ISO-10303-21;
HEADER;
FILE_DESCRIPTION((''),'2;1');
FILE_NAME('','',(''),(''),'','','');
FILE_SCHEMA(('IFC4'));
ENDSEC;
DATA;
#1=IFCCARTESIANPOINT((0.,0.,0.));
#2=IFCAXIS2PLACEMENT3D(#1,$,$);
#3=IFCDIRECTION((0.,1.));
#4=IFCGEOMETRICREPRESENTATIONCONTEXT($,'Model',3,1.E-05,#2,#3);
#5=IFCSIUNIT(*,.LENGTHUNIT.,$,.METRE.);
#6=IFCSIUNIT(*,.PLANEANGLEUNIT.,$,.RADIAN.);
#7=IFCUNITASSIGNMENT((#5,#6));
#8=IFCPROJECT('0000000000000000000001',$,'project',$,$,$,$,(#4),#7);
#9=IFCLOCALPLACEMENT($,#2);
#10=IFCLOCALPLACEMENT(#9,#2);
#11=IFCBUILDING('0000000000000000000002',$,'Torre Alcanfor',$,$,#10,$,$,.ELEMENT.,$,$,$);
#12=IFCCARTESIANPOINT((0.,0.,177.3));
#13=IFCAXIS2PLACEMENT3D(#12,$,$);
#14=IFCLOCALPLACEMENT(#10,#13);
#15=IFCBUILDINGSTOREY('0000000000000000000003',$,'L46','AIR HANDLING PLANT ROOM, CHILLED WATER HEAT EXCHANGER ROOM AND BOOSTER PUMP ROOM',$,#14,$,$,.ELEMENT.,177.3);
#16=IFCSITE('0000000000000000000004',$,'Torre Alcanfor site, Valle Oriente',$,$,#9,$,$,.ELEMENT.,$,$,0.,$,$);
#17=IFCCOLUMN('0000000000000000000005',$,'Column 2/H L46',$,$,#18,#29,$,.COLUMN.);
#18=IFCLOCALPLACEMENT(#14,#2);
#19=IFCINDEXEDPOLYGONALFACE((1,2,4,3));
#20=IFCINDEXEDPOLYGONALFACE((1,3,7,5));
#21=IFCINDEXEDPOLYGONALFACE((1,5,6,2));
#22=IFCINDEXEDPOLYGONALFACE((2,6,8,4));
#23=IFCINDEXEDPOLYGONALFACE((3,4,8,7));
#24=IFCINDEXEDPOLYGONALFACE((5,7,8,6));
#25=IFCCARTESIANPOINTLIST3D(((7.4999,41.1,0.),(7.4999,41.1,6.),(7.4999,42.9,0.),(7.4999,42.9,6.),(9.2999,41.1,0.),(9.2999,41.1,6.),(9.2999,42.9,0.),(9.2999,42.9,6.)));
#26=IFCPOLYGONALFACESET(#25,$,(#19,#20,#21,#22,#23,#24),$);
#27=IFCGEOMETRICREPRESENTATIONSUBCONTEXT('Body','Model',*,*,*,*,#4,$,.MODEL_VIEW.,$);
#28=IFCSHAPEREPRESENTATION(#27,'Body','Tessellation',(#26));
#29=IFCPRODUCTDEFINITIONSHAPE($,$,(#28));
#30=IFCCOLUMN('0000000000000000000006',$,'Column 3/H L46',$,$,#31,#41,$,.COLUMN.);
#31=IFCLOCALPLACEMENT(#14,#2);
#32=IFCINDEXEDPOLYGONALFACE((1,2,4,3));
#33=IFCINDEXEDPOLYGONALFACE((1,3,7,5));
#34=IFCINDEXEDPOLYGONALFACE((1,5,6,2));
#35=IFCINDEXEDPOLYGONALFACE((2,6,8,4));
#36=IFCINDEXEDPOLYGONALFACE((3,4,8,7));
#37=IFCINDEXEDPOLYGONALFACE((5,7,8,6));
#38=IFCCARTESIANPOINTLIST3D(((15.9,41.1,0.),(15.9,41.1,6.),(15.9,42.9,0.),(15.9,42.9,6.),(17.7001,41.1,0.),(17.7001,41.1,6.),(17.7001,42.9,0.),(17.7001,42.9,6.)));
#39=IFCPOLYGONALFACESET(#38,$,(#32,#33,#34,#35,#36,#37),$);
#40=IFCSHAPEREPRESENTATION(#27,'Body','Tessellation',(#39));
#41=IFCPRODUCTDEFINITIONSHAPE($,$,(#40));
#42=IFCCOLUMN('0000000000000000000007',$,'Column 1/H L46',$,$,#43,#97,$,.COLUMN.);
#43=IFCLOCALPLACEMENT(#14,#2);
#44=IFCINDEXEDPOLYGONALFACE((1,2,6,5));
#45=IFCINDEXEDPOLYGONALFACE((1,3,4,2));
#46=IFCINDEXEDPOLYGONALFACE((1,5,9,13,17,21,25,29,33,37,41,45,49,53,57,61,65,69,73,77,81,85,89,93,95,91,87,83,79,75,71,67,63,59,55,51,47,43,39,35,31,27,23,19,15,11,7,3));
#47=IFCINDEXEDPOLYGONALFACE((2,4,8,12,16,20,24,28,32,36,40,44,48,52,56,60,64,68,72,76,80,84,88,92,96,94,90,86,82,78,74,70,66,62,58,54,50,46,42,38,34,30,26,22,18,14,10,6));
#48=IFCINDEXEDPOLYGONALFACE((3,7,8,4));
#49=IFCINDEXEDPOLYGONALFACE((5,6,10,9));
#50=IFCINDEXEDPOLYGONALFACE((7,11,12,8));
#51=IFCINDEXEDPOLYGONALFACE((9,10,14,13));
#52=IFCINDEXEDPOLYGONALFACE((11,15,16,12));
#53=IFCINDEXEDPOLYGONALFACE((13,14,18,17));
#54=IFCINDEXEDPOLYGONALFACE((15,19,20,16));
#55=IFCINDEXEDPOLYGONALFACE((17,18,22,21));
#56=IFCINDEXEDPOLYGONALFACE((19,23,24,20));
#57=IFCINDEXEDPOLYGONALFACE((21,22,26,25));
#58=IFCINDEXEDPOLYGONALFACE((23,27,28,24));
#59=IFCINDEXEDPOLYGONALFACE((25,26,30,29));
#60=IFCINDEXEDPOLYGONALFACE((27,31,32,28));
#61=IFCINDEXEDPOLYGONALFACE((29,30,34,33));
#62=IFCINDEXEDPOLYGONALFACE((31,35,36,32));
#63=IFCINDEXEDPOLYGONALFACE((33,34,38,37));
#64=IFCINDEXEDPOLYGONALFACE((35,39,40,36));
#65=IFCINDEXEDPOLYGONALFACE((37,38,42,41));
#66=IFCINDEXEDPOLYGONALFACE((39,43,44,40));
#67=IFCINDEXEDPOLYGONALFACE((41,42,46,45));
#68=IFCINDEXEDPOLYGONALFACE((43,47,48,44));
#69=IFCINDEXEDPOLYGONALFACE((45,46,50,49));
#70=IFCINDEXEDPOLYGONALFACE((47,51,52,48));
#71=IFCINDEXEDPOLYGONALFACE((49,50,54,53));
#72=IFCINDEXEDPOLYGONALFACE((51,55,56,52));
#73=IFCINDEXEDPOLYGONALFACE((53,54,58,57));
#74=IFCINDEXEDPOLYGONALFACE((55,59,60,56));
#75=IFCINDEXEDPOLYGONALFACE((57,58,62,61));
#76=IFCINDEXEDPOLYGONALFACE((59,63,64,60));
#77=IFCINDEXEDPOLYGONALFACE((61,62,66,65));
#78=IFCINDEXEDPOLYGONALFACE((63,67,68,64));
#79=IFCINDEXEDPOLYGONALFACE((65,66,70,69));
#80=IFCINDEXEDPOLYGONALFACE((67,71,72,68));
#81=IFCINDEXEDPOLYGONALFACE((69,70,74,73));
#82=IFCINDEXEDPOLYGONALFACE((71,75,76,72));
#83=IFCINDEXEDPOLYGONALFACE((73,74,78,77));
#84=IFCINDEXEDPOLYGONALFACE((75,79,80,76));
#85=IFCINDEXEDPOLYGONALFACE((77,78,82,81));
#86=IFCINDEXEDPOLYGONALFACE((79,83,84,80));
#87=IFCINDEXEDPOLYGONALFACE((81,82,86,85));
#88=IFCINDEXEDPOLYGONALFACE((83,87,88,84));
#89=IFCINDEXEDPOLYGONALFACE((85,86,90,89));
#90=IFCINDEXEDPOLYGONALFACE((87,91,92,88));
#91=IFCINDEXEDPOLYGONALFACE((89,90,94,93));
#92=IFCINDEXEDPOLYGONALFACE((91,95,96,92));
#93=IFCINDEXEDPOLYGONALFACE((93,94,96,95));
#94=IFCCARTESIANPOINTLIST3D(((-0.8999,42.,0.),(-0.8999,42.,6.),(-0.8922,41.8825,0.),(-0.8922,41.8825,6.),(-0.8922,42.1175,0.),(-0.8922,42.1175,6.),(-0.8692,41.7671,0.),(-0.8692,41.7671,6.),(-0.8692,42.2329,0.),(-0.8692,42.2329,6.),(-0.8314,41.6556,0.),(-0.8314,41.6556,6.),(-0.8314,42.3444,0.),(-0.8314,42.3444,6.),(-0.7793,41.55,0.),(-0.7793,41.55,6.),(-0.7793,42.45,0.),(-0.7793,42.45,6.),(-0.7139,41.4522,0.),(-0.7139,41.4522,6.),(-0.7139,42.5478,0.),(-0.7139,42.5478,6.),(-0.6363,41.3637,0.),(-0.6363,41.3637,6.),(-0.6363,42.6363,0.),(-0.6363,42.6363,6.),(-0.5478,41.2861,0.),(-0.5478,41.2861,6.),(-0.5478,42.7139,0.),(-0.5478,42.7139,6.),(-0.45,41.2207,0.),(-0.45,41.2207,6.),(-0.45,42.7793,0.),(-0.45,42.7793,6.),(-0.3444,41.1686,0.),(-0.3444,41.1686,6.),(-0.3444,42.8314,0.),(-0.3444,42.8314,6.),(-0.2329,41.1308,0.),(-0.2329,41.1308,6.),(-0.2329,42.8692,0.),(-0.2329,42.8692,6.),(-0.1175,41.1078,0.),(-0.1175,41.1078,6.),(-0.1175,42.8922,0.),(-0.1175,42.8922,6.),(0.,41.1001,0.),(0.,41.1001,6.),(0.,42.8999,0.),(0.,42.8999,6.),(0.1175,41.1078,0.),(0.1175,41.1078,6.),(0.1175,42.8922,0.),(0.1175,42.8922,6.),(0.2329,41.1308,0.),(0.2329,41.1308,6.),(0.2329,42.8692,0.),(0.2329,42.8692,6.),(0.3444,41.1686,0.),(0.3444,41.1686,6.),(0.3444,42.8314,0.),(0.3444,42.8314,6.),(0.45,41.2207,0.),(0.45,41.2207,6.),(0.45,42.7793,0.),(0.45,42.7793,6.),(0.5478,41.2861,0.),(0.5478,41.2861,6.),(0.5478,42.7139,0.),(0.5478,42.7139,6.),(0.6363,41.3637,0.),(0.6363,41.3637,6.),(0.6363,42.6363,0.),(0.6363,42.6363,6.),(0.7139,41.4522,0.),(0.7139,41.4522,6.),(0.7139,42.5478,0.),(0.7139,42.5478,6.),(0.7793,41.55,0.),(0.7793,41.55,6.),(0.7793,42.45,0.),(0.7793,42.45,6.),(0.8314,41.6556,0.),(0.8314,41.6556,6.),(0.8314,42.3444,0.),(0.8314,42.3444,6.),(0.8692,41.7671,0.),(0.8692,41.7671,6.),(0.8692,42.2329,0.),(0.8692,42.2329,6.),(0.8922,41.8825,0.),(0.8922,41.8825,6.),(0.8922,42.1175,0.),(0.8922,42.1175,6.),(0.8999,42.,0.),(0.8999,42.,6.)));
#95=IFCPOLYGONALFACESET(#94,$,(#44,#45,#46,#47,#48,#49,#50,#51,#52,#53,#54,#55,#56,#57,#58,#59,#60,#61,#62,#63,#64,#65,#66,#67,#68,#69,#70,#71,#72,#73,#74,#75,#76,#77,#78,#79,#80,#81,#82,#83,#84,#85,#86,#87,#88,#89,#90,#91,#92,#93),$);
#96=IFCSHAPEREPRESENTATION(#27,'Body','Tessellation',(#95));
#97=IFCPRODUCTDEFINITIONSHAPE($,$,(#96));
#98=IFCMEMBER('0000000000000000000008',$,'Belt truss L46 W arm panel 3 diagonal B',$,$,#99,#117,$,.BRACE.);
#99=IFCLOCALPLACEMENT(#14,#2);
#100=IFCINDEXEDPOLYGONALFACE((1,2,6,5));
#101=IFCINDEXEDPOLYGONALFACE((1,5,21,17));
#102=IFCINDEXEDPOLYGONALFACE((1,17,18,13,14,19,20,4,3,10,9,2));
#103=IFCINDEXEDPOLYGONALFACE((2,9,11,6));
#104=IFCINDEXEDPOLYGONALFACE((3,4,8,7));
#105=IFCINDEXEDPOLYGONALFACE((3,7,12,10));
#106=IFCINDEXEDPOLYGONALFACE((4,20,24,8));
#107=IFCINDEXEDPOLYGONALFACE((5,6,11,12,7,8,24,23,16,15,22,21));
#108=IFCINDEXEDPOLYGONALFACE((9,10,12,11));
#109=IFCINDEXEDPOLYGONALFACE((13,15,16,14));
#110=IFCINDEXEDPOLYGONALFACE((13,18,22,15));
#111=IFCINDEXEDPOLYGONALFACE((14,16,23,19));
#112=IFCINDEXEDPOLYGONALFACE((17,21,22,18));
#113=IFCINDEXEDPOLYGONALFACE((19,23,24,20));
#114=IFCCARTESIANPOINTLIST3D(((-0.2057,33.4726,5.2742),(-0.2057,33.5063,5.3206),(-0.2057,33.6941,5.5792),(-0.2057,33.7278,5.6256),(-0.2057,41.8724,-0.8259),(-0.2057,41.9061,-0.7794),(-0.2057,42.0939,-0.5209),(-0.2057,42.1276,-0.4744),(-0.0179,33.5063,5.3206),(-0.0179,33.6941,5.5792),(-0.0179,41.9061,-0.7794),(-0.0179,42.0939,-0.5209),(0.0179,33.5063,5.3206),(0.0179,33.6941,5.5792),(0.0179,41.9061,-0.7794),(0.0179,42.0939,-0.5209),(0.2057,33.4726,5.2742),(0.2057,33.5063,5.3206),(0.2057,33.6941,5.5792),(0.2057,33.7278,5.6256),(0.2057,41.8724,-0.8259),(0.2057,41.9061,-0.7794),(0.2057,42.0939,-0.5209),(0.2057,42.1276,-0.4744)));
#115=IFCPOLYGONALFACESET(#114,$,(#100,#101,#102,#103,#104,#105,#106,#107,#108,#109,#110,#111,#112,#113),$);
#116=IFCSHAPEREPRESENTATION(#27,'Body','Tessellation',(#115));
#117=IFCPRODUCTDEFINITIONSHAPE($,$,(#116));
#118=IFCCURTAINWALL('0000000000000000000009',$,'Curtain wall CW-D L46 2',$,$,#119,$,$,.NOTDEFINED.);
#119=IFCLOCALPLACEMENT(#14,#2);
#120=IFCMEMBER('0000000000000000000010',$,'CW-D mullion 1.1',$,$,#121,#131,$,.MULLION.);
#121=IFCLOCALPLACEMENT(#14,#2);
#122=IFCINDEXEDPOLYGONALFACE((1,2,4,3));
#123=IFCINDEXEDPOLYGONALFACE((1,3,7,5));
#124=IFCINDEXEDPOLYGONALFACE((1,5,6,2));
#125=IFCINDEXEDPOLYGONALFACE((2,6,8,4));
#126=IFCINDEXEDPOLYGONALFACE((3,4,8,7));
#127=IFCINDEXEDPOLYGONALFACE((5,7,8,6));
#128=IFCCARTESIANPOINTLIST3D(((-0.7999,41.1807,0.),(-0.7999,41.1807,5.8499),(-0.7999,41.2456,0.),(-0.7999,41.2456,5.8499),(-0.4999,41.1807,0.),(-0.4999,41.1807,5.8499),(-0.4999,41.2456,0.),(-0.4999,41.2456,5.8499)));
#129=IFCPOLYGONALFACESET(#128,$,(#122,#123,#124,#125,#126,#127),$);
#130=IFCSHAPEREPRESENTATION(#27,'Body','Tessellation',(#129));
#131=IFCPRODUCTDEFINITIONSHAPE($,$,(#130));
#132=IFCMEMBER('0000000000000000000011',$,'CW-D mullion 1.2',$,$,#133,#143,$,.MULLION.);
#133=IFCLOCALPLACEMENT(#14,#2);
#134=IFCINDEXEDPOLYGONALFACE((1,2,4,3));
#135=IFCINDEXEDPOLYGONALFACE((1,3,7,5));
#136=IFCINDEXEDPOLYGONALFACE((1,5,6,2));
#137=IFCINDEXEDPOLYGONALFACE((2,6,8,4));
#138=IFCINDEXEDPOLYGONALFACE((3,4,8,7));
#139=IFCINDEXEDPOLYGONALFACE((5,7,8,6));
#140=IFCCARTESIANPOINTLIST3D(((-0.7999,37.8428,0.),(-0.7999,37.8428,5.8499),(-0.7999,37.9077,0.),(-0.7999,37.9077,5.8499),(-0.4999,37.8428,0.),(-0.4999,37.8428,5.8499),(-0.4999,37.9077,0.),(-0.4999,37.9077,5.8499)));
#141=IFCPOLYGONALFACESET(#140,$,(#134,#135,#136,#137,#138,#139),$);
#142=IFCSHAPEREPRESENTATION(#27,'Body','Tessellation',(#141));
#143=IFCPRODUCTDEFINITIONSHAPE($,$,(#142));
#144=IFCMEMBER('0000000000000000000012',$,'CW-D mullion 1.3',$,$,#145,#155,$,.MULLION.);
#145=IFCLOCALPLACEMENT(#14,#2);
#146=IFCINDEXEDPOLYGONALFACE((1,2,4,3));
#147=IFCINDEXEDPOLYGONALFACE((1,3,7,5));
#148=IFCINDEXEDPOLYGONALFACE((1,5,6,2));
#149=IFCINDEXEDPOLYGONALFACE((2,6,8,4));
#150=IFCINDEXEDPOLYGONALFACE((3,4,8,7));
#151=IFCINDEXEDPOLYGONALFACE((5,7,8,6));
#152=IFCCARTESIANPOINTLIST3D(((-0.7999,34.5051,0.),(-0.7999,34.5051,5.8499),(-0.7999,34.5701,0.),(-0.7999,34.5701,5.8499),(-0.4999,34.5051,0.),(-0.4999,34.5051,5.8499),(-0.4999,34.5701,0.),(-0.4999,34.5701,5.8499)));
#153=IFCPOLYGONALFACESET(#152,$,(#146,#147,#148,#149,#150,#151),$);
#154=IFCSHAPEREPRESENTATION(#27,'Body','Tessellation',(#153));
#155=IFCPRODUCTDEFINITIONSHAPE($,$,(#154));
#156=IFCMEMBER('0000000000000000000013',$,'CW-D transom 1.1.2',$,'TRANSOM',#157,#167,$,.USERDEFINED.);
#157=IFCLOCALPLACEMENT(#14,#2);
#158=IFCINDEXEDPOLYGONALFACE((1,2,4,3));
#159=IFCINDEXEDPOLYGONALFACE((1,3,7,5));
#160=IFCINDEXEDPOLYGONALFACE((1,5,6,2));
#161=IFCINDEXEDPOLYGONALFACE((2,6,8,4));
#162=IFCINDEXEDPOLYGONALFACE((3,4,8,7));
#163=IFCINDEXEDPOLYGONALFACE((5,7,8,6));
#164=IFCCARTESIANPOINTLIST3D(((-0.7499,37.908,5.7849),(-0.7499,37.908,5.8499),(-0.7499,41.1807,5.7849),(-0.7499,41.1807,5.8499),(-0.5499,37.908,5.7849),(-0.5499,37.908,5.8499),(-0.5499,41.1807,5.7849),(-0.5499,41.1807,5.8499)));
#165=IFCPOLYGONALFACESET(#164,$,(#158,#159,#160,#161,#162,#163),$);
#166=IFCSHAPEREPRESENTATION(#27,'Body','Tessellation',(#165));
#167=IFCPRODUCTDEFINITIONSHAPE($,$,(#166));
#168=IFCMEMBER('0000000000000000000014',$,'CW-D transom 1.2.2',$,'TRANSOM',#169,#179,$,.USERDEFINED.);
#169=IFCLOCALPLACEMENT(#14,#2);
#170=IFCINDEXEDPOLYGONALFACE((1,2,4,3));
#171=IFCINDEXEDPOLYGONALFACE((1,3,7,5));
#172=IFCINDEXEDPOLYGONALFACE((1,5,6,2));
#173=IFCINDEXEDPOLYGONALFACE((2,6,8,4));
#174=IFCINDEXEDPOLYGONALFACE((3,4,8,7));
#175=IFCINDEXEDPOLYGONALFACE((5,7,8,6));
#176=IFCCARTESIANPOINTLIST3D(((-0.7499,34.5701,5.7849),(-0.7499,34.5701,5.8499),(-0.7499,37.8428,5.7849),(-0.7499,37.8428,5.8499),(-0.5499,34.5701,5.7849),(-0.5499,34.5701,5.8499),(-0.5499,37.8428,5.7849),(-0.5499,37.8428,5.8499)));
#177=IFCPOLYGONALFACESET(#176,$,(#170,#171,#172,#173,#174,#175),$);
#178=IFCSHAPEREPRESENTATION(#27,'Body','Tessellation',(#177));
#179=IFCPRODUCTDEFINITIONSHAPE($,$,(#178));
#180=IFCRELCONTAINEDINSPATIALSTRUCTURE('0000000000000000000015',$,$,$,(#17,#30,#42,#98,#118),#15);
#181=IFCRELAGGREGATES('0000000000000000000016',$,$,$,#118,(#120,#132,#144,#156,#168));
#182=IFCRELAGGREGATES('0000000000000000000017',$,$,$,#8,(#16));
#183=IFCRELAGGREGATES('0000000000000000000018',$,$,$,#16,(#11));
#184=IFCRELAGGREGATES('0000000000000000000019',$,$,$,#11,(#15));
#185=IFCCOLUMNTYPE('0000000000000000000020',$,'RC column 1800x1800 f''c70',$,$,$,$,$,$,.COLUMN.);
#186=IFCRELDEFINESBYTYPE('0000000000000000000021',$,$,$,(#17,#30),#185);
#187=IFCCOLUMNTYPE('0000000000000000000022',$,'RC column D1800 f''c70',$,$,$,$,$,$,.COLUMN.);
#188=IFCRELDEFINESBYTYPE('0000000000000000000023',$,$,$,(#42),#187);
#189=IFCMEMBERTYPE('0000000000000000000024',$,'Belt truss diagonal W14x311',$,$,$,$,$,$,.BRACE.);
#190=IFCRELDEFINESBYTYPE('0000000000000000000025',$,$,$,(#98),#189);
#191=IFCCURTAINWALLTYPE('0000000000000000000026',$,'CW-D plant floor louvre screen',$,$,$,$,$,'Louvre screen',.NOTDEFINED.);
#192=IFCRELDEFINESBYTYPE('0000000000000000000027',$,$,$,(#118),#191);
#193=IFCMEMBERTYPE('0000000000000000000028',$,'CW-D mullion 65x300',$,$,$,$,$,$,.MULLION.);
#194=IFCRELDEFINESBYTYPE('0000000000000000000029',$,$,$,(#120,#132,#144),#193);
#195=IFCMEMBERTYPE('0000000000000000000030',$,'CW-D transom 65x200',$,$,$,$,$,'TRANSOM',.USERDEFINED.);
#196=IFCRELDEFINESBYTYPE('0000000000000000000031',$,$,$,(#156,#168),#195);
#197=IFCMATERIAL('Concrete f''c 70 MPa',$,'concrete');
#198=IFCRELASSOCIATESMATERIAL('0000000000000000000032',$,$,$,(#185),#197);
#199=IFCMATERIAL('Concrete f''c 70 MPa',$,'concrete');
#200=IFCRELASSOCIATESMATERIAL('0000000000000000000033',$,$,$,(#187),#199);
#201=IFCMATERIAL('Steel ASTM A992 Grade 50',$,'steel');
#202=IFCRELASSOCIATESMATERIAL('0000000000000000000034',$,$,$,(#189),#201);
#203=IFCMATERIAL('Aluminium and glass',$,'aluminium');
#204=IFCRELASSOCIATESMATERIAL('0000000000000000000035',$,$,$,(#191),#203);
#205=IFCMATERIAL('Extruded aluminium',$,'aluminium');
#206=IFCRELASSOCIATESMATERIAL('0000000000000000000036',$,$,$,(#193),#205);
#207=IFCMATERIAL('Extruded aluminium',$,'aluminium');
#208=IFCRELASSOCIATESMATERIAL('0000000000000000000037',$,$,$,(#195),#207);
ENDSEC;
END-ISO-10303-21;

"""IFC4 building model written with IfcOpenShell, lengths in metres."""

from ifc_helpers import new_model, si_unit, direction, frame, origin, origin_2d, place, context, subcontext, project, spatial, rectangle, circle, i_section, extrude, material, material_profile, profile_set, type_object, element, aggregate, save


model = new_model("IFC4")

# Units and contexts
model_context = context("Model", 3, precision=1e-05, world=origin(), true_north=direction((0.0, 1.0)))
body_context = subcontext(model_context, "Body", "Model", "MODEL_VIEW")
ifc_project = project(units=[si_unit("LENGTHUNIT", "METRE"), si_unit("PLANEANGLEUNIT", "RADIAN")], contexts=[model_context])

# Site, building, storey
site_placement = place(None, origin())
site = spatial("IfcSite", under=ifc_project, at=site_placement, Name="Torre Alcanfor site, Valle Oriente", CompositionType="ELEMENT", RefElevation=0.0)
building_placement = place(site_placement, origin())
building = spatial("IfcBuilding", under=site, at=building_placement, Name="Torre Alcanfor", CompositionType="ELEMENT")
storey_placement = place(building_placement, frame((0.0, 0.0, 177.3)))
storey = spatial("IfcBuildingStorey", under=building, at=storey_placement, Name="L46", Description="AIR HANDLING PLANT ROOM, CHILLED WATER HEAT EXCHANGER ROOM AND BOOSTER PUMP ROOM", CompositionType="ELEMENT", Elevation=177.3)

# Columns
ifc_material_1 = material(Name="Concrete f'c 70 MPa", Category="concrete")
ifc_material_profile_1 = material_profile(ifc_material_1, rectangle(XDim=1.8, YDim=1.8, at=origin_2d()), Name="1800x1800")
ifc_profile_set_1 = profile_set([ifc_material_profile_1], Name="Concrete f'c 70 MPa")
column_type_1 = type_object("IfcColumnType", Name="RC column 1800x1800 f'c70", PredefinedType="COLUMN", material=ifc_profile_set_1)
for number, where, z_axis, x_axis, name in (
    (1, (8.3999, 42.0, 0.0), (0.0, 0.0, 1.0), (1.0, 0.0, 0.0), "Column 2/H L46"),
    (2, (16.8, 42.0, 0.0), (0.0, 0.0, 1.0), (1.0, 0.0, 0.0), "Column 3/H L46"),
):
    element("IfcColumn", number, at=place(storey_placement, frame(where, z_axis=z_axis, x_axis=x_axis)), inside=storey, type_object=column_type_1, Name=name, PredefinedType="COLUMN", context=body_context, shape_type="SweptSolid", body=[
        extrude(rectangle(XDim=1.8, YDim=1.8, at=origin_2d()), origin(), (0.0, 0.0, 1.0), 6.0),
    ])
ifc_material_2 = material(Name="Concrete f'c 70 MPa", Category="concrete")
ifc_material_profile_2 = material_profile(ifc_material_2, circle(Radius=0.8999, at=origin_2d()), Name="D1800")
ifc_profile_set_2 = profile_set([ifc_material_profile_2], Name="Concrete f'c 70 MPa")
column_type_2 = type_object("IfcColumnType", Name="RC column D1800 f'c70", PredefinedType="COLUMN", material=ifc_profile_set_2)
column_placement = place(storey_placement, frame((0.0, 42.0, 0.0), z_axis=(0.0, 0.0, 1.0), x_axis=(1.0, 0.0, 0.0)))
element("IfcColumn", 3, at=column_placement, inside=storey, type_object=column_type_2, Name="Column 1/H L46", PredefinedType="COLUMN", context=body_context, shape_type="SweptSolid", body=[
    extrude(circle(Radius=0.8999, at=origin_2d()), origin(), (0.0, 0.0, 1.0), 6.0),
])

# Member
ifc_material_3 = material(Name="Steel ASTM A992 Grade 50", Category="steel")
ifc_material_profile_3 = material_profile(ifc_material_3, i_section(OverallWidth=0.4114, OverallDepth=0.4343, WebThickness=0.0359, FlangeThickness=0.0574, at=origin_2d()), Name="W14x311")
ifc_profile_set_3 = profile_set([ifc_material_profile_3], Name="Steel ASTM A992 Grade 50")
member_type_1 = type_object("IfcMemberType", Name="Belt truss diagonal W14x311", PredefinedType="BRACE", material=ifc_profile_set_3)
member_1_placement = place(storey_placement, frame((0.0, 42.0, -0.6501), z_axis=(0.0, -0.809145, 0.587609), x_axis=(1.0, 0.0, 0.0)))
element("IfcMember", 4, at=member_1_placement, inside=storey, type_object=member_type_1, Name="Belt truss L46 W arm panel 3 diagonal B", PredefinedType="BRACE", context=body_context, shape_type="SweptSolid", body=[
    extrude(i_section(OverallWidth=0.4114, OverallDepth=0.4343, WebThickness=0.0359, FlangeThickness=0.0574, at=origin_2d()), origin(), (0.0, 0.0, 1.0), 10.3811),
])

# Curtain wall, members
ifc_material_4 = material(Name="Aluminium and glass", Category="aluminium")
curtain_wall_type = type_object("IfcCurtainWallType", Name="CW-D plant floor louvre screen", ElementType="Louvre screen", PredefinedType="NOTDEFINED", material=ifc_material_4)
curtain_wall_placement = place(storey_placement, origin())
curtain_wall = element("IfcCurtainWall", 5, at=curtain_wall_placement, inside=storey, type_object=curtain_wall_type, Name="Curtain wall CW-D L46 2", PredefinedType="NOTDEFINED")
ifc_material_5 = material(Name="Extruded aluminium", Category="aluminium")
ifc_material_profile_4 = material_profile(ifc_material_5, rectangle(XDim=0.3, YDim=0.0649, at=origin_2d()), Name="CW-D mullion 65x300")
ifc_profile_set_4 = profile_set([ifc_material_profile_4], Name="Extruded aluminium")
member_type_2 = type_object("IfcMemberType", Name="CW-D mullion 65x300", PredefinedType="MULLION", material=ifc_profile_set_4)
member_2_placement = place(storey_placement, frame((-0.6499, 41.2131, 0.0), z_axis=(0.0, 0.0, 1.0), x_axis=(1.0, 0.0, 0.0)))
member_2 = element("IfcMember", 6, at=member_2_placement, type_object=member_type_2, Name="CW-D mullion 1.1", PredefinedType="MULLION", context=body_context, shape_type="SweptSolid", body=[
    extrude(rectangle(XDim=0.3, YDim=0.0649, at=origin_2d()), origin(), (0.0, 0.0, 1.0), 5.8499),
])
member_3_placement = place(storey_placement, frame((-0.6499, 37.8752, 0.0), z_axis=(0.0, 0.0, 1.0), x_axis=(1.0, 0.0, 0.0)))
member_3 = element("IfcMember", 7, at=member_3_placement, type_object=member_type_2, Name="CW-D mullion 1.2", PredefinedType="MULLION", context=body_context, shape_type="SweptSolid", body=[
    extrude(rectangle(XDim=0.3, YDim=0.0649, at=origin_2d()), origin(), (0.0, 0.0, 1.0), 5.8499),
])
member_4_placement = place(storey_placement, frame((-0.6499, 34.5376, 0.0), z_axis=(0.0, 0.0, 1.0), x_axis=(1.0, 0.0, 0.0)))
member_4 = element("IfcMember", 8, at=member_4_placement, type_object=member_type_2, Name="CW-D mullion 1.3", PredefinedType="MULLION", context=body_context, shape_type="SweptSolid", body=[
    extrude(rectangle(XDim=0.3, YDim=0.0649, at=origin_2d()), origin(), (0.0, 0.0, 1.0), 5.8499),
])
ifc_material_6 = material(Name="Extruded aluminium", Category="aluminium")
ifc_material_profile_5 = material_profile(ifc_material_6, rectangle(XDim=0.2, YDim=0.0649, at=origin_2d()), Name="CW-D transom 200x65")
ifc_profile_set_5 = profile_set([ifc_material_profile_5], Name="Extruded aluminium")
member_type_3 = type_object("IfcMemberType", Name="CW-D transom 65x200", ElementType="TRANSOM", PredefinedType="USERDEFINED", material=ifc_profile_set_5)
member_5_placement = place(storey_placement, frame((-0.6499, 41.1807, 5.8174), z_axis=(0.0, -1.0, 0.0), x_axis=(1.0, 0.0, 0.0)))
member_5 = element("IfcMember", 9, at=member_5_placement, type_object=member_type_3, Name="CW-D transom 1.1.2", ObjectType="TRANSOM", PredefinedType="USERDEFINED", context=body_context, shape_type="SweptSolid", body=[
    extrude(rectangle(XDim=0.2, YDim=0.0649, at=origin_2d()), origin(), (0.0, 0.0, 1.0), 3.2727),
])
member_6_placement = place(storey_placement, frame((-0.6499, 37.8428, 5.8174), z_axis=(0.0, -1.0, 0.0), x_axis=(1.0, 0.0, 0.0)))
member_6 = element("IfcMember", 10, at=member_6_placement, type_object=member_type_3, Name="CW-D transom 1.2.2", ObjectType="TRANSOM", PredefinedType="USERDEFINED", context=body_context, shape_type="SweptSolid", body=[
    extrude(rectangle(XDim=0.2, YDim=0.0649, at=origin_2d()), origin(), (0.0, 0.0, 1.0), 3.2727),
])

aggregate(curtain_wall, [member_2, member_3, member_4, member_5, member_6])

save(model, "model.ifc")
